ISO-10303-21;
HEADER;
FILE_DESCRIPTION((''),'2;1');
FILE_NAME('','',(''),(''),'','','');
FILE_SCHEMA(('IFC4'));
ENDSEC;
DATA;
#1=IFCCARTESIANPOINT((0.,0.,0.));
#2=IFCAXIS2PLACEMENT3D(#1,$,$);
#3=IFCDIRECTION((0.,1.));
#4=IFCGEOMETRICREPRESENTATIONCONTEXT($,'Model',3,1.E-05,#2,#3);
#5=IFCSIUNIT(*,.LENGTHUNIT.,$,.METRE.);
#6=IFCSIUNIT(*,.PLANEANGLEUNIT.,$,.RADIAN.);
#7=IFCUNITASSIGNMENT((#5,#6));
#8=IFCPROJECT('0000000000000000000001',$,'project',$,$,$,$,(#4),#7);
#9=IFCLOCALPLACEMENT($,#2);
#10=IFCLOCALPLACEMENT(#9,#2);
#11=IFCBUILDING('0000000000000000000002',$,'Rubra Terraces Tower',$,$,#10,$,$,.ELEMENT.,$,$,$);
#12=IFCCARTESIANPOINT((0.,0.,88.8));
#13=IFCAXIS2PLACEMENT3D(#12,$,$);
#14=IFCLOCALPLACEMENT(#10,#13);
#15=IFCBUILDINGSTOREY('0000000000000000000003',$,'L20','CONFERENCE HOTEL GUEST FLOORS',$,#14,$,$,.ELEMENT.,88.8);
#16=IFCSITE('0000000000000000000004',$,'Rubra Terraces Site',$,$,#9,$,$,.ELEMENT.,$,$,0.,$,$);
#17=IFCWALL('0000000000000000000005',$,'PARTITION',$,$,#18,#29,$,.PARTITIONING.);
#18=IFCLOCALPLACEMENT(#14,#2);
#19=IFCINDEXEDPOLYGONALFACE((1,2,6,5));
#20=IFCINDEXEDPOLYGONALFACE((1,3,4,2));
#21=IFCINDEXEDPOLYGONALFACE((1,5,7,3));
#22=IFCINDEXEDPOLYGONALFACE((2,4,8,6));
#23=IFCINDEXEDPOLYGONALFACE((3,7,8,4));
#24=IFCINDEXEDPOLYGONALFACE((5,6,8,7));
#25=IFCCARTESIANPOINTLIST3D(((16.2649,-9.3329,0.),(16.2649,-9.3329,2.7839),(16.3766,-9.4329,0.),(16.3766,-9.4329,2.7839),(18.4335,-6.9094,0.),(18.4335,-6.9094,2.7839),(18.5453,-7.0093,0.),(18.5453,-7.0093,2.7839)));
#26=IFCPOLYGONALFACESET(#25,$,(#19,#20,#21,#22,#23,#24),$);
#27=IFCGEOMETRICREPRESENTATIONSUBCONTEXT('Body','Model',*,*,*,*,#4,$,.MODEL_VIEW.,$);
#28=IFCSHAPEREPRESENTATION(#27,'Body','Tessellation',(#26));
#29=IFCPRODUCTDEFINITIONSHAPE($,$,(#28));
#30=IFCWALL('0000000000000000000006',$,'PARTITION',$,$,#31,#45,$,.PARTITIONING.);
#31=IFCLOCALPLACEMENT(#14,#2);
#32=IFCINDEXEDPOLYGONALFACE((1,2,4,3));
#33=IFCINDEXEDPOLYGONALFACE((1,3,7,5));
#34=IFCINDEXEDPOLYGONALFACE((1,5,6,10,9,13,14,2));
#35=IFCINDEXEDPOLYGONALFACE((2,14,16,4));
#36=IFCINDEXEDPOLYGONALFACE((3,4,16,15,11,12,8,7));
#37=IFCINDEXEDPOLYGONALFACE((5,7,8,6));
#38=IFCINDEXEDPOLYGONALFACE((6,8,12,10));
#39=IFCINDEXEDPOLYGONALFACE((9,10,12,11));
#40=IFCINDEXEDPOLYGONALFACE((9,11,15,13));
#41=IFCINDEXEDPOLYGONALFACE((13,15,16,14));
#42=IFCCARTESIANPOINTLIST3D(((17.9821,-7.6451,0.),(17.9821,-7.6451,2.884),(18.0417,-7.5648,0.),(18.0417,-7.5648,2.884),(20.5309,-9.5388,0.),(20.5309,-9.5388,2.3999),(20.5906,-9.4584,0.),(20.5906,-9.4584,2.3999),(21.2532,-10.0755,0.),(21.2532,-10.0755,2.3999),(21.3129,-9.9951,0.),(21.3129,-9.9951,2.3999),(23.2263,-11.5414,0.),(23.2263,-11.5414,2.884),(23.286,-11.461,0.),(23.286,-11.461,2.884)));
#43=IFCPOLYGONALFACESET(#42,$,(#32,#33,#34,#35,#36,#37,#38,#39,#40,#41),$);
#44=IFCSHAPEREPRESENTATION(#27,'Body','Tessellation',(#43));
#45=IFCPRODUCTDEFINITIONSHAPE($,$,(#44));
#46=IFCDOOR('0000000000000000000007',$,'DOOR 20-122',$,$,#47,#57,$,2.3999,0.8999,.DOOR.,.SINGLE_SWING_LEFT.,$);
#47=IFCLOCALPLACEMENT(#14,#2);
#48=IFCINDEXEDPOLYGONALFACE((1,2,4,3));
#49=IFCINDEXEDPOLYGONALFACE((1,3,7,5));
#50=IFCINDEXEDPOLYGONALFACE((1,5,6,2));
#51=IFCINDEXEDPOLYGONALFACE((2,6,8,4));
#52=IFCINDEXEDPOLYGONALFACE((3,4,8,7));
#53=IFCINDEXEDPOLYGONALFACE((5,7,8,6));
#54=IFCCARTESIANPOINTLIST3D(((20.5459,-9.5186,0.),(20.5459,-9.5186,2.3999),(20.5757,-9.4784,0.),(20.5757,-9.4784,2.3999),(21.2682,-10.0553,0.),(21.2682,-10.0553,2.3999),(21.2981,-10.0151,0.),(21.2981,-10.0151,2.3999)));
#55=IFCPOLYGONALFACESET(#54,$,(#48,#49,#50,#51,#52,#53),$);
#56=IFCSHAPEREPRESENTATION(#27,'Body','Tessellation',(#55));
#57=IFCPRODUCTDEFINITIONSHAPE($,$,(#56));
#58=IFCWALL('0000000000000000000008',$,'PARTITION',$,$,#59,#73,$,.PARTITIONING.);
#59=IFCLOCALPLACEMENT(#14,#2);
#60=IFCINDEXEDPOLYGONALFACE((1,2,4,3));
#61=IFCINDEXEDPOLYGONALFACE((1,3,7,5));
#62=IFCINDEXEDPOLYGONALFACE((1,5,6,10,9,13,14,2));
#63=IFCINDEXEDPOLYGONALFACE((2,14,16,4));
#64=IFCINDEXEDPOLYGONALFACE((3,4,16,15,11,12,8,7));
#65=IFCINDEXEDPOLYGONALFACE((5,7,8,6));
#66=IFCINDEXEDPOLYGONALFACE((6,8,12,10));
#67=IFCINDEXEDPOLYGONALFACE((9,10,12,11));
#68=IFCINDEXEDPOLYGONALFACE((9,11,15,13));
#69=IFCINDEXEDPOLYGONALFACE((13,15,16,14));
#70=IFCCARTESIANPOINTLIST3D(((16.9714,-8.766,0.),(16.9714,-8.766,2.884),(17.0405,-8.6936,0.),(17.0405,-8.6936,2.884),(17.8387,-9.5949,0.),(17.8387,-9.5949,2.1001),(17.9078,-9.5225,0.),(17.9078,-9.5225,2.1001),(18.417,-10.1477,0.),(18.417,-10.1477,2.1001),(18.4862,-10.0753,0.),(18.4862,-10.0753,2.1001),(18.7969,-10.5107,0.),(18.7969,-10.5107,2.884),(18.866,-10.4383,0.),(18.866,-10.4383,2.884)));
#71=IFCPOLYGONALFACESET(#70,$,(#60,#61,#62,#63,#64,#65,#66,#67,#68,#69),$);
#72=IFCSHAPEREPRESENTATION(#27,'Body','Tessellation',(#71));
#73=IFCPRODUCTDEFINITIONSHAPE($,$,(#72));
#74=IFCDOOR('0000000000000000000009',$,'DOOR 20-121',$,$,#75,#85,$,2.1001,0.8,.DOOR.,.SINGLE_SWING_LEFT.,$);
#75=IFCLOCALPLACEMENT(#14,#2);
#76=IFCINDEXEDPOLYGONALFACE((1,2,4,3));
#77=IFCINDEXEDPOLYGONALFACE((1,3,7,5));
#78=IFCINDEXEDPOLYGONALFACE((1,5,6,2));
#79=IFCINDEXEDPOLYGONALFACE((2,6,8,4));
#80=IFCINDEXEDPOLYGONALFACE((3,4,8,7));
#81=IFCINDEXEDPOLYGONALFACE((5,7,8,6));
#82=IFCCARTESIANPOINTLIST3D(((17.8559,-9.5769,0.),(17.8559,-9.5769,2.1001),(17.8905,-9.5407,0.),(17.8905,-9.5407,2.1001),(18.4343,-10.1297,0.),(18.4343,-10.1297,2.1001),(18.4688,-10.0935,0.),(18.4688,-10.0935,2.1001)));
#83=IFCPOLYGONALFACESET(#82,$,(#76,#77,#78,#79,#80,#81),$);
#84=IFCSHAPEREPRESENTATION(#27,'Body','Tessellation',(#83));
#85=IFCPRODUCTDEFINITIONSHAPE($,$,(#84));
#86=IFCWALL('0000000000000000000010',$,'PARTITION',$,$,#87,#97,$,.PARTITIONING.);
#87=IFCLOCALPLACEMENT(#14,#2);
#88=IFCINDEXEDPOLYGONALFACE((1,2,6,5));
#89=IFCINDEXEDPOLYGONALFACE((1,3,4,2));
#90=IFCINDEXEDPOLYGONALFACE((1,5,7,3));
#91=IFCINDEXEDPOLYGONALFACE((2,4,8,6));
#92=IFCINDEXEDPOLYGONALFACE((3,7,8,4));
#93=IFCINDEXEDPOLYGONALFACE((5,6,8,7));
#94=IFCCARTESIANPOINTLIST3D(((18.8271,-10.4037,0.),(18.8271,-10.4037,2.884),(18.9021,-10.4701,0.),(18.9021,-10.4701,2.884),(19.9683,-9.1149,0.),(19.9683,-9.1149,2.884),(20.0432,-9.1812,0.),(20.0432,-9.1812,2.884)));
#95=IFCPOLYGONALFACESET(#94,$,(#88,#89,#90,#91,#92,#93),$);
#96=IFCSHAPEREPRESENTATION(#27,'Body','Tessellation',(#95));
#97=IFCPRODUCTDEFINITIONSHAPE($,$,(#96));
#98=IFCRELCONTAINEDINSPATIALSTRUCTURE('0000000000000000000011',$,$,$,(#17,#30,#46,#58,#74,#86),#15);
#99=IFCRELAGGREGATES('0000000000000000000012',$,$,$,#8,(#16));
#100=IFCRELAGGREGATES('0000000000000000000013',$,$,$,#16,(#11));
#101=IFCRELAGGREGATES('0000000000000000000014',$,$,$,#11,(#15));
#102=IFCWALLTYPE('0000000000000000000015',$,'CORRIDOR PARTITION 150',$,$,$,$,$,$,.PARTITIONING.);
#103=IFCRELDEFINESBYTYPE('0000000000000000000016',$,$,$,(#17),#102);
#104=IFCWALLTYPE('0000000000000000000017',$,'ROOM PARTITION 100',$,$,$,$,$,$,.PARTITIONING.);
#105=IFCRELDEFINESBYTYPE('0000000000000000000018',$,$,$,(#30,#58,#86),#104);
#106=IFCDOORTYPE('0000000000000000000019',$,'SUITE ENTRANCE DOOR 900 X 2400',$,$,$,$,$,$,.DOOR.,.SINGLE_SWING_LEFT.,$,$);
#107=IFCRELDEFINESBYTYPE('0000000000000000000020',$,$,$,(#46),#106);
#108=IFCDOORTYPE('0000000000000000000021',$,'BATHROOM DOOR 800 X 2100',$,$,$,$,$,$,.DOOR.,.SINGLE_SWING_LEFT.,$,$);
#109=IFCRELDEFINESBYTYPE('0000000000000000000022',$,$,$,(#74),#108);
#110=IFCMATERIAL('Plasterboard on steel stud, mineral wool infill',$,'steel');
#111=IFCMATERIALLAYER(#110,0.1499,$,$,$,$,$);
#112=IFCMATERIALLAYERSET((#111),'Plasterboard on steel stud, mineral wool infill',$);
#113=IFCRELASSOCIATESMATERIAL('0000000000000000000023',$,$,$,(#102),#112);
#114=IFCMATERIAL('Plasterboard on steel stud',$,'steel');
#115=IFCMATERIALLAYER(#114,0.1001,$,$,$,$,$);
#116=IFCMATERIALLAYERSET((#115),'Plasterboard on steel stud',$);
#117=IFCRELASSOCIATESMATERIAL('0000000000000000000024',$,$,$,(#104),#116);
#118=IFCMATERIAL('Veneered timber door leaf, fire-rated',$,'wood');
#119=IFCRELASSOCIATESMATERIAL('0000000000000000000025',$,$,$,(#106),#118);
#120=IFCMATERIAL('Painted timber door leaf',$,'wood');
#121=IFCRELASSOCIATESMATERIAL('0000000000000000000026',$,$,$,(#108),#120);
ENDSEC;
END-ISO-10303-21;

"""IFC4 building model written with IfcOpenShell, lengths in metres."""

from ifc_helpers import new_model, si_unit, direction, frame, frame_2d, origin, place, context, subcontext, project, spatial, rectangle, extrude, material, layer, layer_set, type_object, element, fill, save


model = new_model("IFC4")

# Units and contexts
model_context = context("Model", 3, precision=1e-05, world=origin(), true_north=direction((0.0, 1.0)))
body_context = subcontext(model_context, "Body", "Model", "MODEL_VIEW")
ifc_project = project(units=[si_unit("LENGTHUNIT", "METRE"), si_unit("PLANEANGLEUNIT", "RADIAN")], contexts=[model_context])

# Site, building, storey
site_placement = place(None, origin())
site = spatial("IfcSite", under=ifc_project, at=site_placement, Name="Rubra Terraces Site", CompositionType="ELEMENT", RefElevation=0.0)
building_placement = place(site_placement, origin())
building = spatial("IfcBuilding", under=site, at=building_placement, Name="Rubra Terraces Tower", CompositionType="ELEMENT")
storey_placement = place(building_placement, frame((0.0, 0.0, 88.8)))
storey = spatial("IfcBuildingStorey", under=building, at=storey_placement, Name="L20", Description="CONFERENCE HOTEL GUEST FLOORS", CompositionType="ELEMENT", Elevation=88.8)

# Wall
ifc_material_1 = material(Name="Plasterboard on steel stud, mineral wool infill", Category="steel")
ifc_layer_1 = layer(ifc_material_1, 0.1499)
ifc_layer_set_1 = layer_set([ifc_layer_1], Name="Plasterboard on steel stud, mineral wool infill")
wall_type_1 = type_object("IfcWallType", Name="CORRIDOR PARTITION 150", PredefinedType="PARTITIONING", material=ifc_layer_set_1)
wall_1_placement = place(storey_placement, frame((16.3208, -9.3828, 0.0), z_axis=(0.0, 0.0, 1.0), x_axis=(0.666834, 0.745206, 0.0)))
element("IfcWall", 1, at=wall_1_placement, inside=storey, type_object=wall_type_1, Name="PARTITION", PredefinedType="PARTITIONING", context=body_context, shape_type="SweptSolid", body=[
    extrude(rectangle(XDim=3.2522, YDim=0.1499, at=frame_2d((1.626, 0.0))), origin(), (0.0, 0.0, 1.0), 2.7839),
])

# Walls, openings, doors
ifc_material_2 = material(Name="Plasterboard on steel stud", Category="steel")
ifc_layer_2 = layer(ifc_material_2, 0.1001)
ifc_layer_set_2 = layer_set([ifc_layer_2], Name="Plasterboard on steel stud")
wall_type_2 = type_object("IfcWallType", Name="ROOM PARTITION 100", PredefinedType="PARTITIONING", material=ifc_layer_set_2)
wall_2_placement = place(storey_placement, frame((23.2561, -11.5012, 0.0), z_axis=(0.0, 0.0, 1.0), x_axis=(-0.8027, 0.596382, 0.0)))
wall_2 = element("IfcWall", 2, at=wall_2_placement, inside=storey, type_object=wall_type_2, Name="PARTITION", PredefinedType="PARTITIONING", context=body_context, shape_type="SweptSolid", body=[
    extrude(rectangle(XDim=6.5332, YDim=0.1001, at=frame_2d((3.2666, 0.0))), origin(), (0.0, 0.0, 1.0), 2.884),
])
opening_1_placement = place(wall_2_placement, frame((2.458, 0.0, 0.0)))
opening_1 = element("IfcOpeningElement", 3, at=opening_1_placement, cuts=wall_2, PredefinedType="OPENING", context=body_context, shape_type="SweptSolid", body=[
    extrude(rectangle(XDim=0.8999, YDim=2.3999, at=frame_2d((0.45, 1.2))), frame((0.0, 0.0601, 0.0), z_axis=(0.0, -1.0, 0.0), x_axis=(1.0, 0.0, 0.0)), (0.0, 0.0, 1.0), 0.1201),
])
ifc_material_3 = material(Name="Veneered timber door leaf, fire-rated", Category="wood")
door_type_1 = type_object("IfcDoorType", Name="SUITE ENTRANCE DOOR 900 X 2400", OperationType="SINGLE_SWING_LEFT", PredefinedType="DOOR", material=ifc_material_3)
door_1_placement = place(opening_1_placement, origin())
door_1 = element("IfcDoor", 4, at=door_1_placement, inside=storey, type_object=door_type_1, Name="DOOR 20-122", OperationType="SINGLE_SWING_LEFT", OverallHeight=2.3999, OverallWidth=0.8999, PredefinedType="DOOR", context=body_context, shape_type="SweptSolid", body=[
    extrude(rectangle(XDim=0.8999, YDim=2.3999, at=frame_2d((0.45, 1.2))), frame((0.0, 0.0249, 0.0), z_axis=(0.0, -1.0, 0.0), x_axis=(1.0, 0.0, 0.0)), (0.0, 0.0, 1.0), 0.05),
])
fill(opening_1, door_1)
wall_3_placement = place(storey_placement, frame((17.0059, -8.7297, 0.0), z_axis=(0.0, 0.0, 1.0), x_axis=(0.722927, -0.690924, 0.0)))
wall_3 = element("IfcWall", 5, at=wall_3_placement, inside=storey, type_object=wall_type_2, Name="PARTITION", PredefinedType="PARTITIONING", context=body_context, shape_type="SweptSolid", body=[
    extrude(rectangle(XDim=2.5251, YDim=0.1001, at=frame_2d((1.2627, 0.0))), origin(), (0.0, 0.0, 1.0), 2.884),
])
opening_2_placement = place(wall_3_placement, frame((1.2, 0.0, 0.0)))
opening_2 = element("IfcOpeningElement", 6, at=opening_2_placement, cuts=wall_3, PredefinedType="OPENING", context=body_context, shape_type="SweptSolid", body=[
    extrude(rectangle(XDim=0.8, YDim=2.1001, at=frame_2d((0.3999, 1.05))), frame((0.0, 0.0601, 0.0), z_axis=(0.0, -1.0, 0.0), x_axis=(1.0, 0.0, 0.0)), (0.0, 0.0, 1.0), 0.1201),
])
ifc_material_4 = material(Name="Painted timber door leaf", Category="wood")
door_type_2 = type_object("IfcDoorType", Name="BATHROOM DOOR 800 X 2100", OperationType="SINGLE_SWING_LEFT", PredefinedType="DOOR", material=ifc_material_4)
door_2_placement = place(opening_2_placement, origin())
door_2 = element("IfcDoor", 7, at=door_2_placement, inside=storey, type_object=door_type_2, Name="DOOR 20-121", OperationType="SINGLE_SWING_LEFT", OverallHeight=2.1001, OverallWidth=0.8, PredefinedType="DOOR", context=body_context, shape_type="SweptSolid", body=[
    extrude(rectangle(XDim=0.8, YDim=2.1001, at=frame_2d((0.3999, 1.05))), frame((0.0, 0.0249, 0.0), z_axis=(0.0, -1.0, 0.0), x_axis=(1.0, 0.0, 0.0)), (0.0, 0.0, 1.0), 0.05),
])
fill(opening_2, door_2)

# Wall
wall_4_placement = place(storey_placement, frame((18.8645, -10.437, 0.0), z_axis=(0.0, 0.0, 1.0), x_axis=(0.662901, 0.748707, 0.0)))
element("IfcWall", 8, at=wall_4_placement, inside=storey, type_object=wall_type_2, Name="PARTITION", PredefinedType="PARTITIONING", context=body_context, shape_type="SweptSolid", body=[
    extrude(rectangle(XDim=1.7214, YDim=0.1001, at=frame_2d((0.8608, 0.0))), origin(), (0.0, 0.0, 1.0), 2.884),
])

save(model, "model.ifc")
